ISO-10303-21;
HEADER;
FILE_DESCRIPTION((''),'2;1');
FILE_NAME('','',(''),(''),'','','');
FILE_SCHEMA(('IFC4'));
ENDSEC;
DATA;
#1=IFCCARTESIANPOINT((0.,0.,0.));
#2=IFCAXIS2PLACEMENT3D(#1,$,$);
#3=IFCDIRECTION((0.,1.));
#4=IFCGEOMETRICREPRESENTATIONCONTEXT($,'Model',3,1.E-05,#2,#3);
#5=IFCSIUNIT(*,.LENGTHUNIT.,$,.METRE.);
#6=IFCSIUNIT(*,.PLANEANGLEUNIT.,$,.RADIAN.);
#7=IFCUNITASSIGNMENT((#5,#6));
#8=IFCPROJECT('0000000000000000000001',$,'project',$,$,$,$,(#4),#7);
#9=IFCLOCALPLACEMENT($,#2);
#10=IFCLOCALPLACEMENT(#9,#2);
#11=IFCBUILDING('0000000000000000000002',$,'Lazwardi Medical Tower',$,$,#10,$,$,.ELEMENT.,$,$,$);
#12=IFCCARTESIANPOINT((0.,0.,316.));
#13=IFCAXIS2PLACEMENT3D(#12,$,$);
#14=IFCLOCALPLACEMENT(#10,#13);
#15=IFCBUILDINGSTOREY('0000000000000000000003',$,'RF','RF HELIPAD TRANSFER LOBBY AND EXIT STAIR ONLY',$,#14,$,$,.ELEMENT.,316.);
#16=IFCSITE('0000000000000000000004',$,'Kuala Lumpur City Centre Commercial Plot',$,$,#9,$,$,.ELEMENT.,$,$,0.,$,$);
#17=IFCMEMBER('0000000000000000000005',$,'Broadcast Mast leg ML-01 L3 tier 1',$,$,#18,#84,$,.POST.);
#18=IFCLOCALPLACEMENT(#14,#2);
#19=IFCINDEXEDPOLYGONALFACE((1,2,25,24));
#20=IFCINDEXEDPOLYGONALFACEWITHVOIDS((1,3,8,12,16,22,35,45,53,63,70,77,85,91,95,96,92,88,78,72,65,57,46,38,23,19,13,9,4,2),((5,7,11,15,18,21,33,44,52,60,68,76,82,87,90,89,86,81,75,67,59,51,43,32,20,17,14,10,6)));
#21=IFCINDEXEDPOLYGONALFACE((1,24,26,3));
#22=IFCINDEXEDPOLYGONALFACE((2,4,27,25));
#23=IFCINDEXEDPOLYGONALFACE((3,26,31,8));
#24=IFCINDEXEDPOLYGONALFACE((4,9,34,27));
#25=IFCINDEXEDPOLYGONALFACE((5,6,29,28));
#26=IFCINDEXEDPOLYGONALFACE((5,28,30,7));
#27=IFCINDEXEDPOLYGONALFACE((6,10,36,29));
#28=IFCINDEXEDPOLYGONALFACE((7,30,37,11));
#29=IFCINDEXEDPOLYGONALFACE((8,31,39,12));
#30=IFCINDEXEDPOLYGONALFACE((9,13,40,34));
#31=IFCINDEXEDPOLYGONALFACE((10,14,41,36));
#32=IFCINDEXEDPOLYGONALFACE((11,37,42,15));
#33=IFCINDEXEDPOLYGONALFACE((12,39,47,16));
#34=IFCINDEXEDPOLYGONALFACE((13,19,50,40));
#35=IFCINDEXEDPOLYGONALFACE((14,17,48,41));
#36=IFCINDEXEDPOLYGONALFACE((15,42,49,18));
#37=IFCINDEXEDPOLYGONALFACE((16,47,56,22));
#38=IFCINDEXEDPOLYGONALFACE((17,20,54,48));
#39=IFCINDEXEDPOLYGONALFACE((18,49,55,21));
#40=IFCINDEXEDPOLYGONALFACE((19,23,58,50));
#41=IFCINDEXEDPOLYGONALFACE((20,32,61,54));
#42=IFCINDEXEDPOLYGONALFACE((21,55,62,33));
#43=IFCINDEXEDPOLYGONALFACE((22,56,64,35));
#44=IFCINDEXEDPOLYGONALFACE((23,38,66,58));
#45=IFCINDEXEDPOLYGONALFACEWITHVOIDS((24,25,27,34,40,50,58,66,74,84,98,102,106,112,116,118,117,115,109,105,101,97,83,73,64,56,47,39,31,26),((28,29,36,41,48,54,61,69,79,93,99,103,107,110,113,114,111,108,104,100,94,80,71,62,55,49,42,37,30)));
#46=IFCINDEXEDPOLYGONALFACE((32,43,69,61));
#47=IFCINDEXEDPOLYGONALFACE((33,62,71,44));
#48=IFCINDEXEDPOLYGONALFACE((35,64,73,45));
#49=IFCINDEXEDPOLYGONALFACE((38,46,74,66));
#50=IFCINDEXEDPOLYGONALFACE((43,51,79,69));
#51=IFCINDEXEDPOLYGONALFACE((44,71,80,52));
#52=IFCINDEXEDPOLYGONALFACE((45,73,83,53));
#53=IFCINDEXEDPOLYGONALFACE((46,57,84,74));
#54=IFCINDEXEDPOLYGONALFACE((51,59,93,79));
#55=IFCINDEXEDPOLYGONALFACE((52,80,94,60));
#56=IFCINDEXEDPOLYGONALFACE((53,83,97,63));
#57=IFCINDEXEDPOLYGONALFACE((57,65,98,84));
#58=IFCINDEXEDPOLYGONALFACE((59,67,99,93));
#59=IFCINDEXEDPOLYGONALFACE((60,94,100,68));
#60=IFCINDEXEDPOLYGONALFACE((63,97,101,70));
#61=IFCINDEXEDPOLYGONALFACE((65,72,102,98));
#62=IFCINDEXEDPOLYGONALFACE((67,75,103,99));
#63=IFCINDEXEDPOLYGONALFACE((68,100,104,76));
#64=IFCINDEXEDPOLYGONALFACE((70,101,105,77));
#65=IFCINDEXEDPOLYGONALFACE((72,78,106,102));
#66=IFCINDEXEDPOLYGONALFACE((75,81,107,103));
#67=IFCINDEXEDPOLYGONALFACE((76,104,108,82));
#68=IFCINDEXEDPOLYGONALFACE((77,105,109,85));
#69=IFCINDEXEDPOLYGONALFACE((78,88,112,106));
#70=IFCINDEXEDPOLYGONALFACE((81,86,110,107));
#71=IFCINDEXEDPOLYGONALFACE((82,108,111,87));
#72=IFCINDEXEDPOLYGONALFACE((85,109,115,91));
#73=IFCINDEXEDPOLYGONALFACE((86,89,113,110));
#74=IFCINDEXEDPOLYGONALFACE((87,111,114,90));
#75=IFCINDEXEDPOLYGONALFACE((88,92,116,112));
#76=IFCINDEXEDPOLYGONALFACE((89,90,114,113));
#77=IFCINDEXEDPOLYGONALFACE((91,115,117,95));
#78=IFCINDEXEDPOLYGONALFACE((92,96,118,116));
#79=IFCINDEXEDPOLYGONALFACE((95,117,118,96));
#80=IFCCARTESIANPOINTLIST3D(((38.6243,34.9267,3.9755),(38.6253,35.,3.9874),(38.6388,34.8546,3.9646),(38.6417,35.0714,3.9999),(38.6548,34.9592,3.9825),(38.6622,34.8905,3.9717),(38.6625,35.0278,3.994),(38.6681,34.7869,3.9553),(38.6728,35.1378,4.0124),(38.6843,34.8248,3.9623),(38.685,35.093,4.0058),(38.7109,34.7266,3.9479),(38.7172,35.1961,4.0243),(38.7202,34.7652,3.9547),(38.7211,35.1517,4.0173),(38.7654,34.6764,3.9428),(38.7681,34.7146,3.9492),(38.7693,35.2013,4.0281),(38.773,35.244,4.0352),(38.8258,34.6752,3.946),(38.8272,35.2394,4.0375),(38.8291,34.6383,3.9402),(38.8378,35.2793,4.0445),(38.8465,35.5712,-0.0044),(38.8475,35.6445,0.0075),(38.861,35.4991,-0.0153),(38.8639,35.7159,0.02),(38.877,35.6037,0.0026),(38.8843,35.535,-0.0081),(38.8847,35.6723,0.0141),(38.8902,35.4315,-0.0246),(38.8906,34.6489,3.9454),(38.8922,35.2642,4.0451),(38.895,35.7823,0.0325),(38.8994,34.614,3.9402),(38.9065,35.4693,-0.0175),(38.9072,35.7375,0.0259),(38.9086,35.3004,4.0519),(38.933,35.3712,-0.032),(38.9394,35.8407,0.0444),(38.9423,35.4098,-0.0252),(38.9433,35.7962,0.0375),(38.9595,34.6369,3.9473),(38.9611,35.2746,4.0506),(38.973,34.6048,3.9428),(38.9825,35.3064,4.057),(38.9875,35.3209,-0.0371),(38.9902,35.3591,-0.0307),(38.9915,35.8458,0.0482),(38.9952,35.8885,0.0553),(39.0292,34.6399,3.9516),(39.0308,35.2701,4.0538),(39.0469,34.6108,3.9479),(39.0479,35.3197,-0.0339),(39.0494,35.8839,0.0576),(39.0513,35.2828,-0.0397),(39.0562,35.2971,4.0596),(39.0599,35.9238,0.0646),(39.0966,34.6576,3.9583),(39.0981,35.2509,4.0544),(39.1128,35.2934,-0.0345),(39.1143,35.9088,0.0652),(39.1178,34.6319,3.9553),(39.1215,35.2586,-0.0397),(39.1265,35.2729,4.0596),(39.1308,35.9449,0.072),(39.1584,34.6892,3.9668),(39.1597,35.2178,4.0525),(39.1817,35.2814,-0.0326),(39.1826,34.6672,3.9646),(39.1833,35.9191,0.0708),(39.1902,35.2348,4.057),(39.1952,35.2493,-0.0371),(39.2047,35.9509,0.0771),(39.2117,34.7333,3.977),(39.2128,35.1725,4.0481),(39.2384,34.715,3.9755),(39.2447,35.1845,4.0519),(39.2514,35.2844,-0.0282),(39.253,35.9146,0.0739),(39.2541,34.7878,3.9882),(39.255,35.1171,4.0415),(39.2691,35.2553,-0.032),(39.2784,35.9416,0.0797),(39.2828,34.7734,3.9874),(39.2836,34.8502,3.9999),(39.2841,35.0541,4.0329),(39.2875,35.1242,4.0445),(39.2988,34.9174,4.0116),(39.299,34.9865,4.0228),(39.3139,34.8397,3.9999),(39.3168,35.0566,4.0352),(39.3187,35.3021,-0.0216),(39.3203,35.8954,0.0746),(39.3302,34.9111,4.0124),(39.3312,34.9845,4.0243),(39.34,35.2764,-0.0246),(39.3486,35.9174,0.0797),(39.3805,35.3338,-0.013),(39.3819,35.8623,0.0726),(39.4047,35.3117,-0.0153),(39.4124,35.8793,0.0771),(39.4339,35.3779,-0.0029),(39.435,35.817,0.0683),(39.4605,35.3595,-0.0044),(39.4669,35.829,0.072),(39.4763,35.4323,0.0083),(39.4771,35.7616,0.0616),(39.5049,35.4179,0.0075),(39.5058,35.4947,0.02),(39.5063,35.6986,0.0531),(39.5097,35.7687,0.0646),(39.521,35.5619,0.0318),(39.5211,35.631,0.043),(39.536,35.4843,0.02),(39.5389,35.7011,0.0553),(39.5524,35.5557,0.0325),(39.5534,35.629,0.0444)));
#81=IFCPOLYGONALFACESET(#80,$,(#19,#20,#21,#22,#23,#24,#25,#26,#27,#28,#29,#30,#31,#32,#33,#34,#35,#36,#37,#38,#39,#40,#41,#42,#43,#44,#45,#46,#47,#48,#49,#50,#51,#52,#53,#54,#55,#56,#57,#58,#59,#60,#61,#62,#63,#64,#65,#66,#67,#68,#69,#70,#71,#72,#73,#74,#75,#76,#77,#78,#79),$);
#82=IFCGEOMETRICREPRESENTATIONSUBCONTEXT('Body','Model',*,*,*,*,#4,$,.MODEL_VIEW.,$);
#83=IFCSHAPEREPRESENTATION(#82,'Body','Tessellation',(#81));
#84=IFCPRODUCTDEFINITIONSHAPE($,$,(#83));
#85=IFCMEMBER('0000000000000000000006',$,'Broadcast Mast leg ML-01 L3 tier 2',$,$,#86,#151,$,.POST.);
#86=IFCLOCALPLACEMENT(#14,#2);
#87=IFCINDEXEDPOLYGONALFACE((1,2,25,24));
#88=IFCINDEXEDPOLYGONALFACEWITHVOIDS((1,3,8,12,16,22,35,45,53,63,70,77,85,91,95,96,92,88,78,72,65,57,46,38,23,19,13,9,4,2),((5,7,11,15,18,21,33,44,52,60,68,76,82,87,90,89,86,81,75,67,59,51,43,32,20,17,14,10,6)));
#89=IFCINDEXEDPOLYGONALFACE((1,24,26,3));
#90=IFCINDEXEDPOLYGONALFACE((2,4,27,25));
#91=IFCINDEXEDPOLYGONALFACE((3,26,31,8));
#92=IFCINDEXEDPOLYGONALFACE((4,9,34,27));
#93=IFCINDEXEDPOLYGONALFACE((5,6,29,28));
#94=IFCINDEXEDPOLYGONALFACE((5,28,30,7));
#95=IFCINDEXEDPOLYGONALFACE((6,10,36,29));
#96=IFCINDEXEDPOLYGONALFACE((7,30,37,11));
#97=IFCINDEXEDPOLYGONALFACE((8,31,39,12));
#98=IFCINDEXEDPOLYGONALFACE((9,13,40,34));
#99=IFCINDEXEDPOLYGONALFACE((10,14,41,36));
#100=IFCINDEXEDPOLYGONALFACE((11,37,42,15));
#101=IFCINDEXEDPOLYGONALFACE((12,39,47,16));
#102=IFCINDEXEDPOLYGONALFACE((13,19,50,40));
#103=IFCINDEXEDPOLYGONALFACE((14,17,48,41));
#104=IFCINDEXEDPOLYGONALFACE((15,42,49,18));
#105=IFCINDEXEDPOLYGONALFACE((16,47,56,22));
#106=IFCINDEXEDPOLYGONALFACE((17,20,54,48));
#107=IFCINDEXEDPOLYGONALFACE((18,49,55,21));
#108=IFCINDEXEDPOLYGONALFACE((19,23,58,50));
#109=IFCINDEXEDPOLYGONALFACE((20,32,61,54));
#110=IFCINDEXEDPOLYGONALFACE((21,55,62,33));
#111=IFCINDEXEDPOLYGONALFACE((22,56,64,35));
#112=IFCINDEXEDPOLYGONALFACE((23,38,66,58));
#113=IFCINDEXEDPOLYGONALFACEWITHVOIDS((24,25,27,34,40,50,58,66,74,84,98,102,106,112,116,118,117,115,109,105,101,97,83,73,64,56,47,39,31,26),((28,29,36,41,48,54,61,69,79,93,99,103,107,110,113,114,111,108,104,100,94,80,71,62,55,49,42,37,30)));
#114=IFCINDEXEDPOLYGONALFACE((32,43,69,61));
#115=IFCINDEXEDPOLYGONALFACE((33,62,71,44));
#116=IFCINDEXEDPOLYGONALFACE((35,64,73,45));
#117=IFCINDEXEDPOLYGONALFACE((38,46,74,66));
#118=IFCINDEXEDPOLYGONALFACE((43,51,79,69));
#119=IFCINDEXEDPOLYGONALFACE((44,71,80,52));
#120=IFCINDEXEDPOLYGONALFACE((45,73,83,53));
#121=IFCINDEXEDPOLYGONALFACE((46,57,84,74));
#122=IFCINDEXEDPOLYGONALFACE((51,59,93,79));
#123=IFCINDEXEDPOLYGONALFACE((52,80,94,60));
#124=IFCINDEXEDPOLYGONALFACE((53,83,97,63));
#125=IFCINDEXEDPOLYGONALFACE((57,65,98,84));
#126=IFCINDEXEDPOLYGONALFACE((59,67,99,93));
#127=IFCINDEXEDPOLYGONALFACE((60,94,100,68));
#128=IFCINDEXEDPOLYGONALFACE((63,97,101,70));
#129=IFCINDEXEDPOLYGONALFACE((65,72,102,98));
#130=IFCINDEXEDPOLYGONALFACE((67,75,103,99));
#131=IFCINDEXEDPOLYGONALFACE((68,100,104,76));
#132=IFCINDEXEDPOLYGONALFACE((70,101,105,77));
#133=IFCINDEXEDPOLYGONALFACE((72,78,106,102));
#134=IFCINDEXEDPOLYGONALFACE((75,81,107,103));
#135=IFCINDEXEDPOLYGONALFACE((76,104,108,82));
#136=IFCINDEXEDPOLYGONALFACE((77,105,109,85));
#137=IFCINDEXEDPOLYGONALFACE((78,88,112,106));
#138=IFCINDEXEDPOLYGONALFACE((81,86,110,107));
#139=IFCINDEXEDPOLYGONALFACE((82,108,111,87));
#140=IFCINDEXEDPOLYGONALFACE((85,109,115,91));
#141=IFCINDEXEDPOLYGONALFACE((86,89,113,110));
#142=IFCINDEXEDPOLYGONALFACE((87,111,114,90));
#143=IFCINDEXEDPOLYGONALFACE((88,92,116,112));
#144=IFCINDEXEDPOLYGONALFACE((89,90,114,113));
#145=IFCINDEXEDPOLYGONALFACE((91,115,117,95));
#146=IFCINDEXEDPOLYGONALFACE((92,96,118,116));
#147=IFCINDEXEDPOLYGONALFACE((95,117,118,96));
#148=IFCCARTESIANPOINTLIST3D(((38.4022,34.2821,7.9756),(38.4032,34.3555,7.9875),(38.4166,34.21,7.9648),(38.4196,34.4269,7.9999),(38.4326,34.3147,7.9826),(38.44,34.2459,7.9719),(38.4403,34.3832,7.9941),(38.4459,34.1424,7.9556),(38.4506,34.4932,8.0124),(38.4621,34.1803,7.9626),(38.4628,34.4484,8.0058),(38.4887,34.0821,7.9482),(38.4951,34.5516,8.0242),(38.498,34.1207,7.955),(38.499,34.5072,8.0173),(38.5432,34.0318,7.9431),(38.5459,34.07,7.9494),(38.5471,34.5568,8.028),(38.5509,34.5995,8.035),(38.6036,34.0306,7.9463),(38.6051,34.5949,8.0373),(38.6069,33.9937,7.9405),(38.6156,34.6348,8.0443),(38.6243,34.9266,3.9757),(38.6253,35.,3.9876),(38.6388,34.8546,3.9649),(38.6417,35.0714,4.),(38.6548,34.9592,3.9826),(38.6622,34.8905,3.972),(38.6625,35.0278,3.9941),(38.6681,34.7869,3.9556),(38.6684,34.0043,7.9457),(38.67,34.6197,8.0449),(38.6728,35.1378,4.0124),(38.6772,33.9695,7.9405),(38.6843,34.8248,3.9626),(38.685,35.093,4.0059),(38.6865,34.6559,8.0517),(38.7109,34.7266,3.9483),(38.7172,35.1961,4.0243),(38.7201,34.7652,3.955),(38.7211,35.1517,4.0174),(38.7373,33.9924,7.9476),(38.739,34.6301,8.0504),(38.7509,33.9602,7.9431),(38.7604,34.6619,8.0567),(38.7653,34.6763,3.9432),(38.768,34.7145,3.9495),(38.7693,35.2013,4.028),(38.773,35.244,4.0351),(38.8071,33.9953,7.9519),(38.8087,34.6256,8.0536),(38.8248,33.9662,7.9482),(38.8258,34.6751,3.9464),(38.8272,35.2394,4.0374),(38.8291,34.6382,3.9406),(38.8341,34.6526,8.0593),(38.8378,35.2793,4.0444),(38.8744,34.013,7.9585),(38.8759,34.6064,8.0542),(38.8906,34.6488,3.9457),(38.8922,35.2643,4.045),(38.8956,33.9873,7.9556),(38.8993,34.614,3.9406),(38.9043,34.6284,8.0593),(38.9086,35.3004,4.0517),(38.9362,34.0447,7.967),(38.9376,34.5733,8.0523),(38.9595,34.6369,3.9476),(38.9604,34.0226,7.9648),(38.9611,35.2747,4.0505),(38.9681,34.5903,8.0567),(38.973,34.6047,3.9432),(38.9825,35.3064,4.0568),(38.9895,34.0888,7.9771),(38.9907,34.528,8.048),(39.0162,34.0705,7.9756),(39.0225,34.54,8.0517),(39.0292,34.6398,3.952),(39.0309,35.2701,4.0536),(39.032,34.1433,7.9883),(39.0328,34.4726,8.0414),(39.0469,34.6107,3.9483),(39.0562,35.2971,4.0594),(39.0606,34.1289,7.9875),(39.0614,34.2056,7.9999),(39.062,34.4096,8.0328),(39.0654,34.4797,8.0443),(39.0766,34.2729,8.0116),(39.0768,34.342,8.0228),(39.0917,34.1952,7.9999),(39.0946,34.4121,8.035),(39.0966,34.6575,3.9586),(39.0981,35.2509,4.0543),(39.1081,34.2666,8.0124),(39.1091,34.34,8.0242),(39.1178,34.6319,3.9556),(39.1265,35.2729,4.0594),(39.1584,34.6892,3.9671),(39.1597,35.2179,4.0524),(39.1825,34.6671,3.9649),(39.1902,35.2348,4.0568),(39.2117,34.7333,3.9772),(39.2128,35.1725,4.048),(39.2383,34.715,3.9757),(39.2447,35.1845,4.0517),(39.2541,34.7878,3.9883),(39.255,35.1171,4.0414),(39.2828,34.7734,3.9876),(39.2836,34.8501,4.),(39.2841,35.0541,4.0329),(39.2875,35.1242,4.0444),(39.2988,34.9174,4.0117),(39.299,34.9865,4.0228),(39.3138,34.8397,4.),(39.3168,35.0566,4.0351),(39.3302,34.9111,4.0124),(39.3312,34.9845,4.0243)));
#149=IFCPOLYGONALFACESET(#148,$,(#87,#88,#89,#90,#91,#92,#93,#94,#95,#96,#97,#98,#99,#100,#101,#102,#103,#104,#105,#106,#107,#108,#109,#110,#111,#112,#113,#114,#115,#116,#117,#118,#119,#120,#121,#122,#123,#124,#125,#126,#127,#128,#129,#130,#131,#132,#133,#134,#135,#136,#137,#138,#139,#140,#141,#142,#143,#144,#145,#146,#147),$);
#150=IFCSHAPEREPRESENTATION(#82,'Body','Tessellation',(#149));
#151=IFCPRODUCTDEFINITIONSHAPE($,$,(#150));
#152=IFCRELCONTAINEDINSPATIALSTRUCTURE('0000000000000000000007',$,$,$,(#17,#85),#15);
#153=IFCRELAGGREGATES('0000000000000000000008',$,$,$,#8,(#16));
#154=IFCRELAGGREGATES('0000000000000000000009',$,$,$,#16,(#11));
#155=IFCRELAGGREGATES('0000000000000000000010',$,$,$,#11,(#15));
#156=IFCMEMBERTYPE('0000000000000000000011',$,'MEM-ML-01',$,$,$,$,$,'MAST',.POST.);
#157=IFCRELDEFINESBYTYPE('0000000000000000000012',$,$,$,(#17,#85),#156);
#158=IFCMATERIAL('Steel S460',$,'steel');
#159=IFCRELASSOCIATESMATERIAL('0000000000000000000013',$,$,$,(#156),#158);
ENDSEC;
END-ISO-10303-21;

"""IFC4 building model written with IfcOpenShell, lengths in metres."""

from ifc_helpers import new_model, si_unit, direction, frame, origin, origin_2d, place, context, subcontext, project, spatial, hollow_circle, extrude, material, material_profile, profile_set, type_object, element, save


model = new_model("IFC4")

# Units and contexts
model_context = context("Model", 3, precision=1e-05, world=origin(), true_north=direction((0.0, 1.0)))
body_context = subcontext(model_context, "Body", "Model", "MODEL_VIEW")
ifc_project = project(units=[si_unit("LENGTHUNIT", "METRE"), si_unit("PLANEANGLEUNIT", "RADIAN")], contexts=[model_context])

# Site, building, storey
site_placement = place(None, origin())
site = spatial("IfcSite", under=ifc_project, at=site_placement, Name="Kuala Lumpur City Centre Commercial Plot", CompositionType="ELEMENT", RefElevation=0.0)
building_placement = place(site_placement, origin())
building = spatial("IfcBuilding", under=site, at=building_placement, Name="Lazwardi Medical Tower", CompositionType="ELEMENT")
storey_placement = place(building_placement, frame((0.0, 0.0, 316.0)))
storey = spatial("IfcBuildingStorey", under=building, at=storey_placement, Name="RF", Description="RF HELIPAD TRANSFER LOBBY AND EXIT STAIR ONLY", CompositionType="ELEMENT", Elevation=316.0)

# Members
ifc_material_1 = material(Name="Steel S460", Category="steel")
ifc_material_profile_1 = material_profile(ifc_material_1, hollow_circle(Radius=0.3555, WallThickness=0.032, at=origin_2d()), Name="CHS 711x32")
ifc_profile_set_1 = profile_set([ifc_material_profile_1], Name="Steel S460")
member_type_1 = type_object("IfcMemberType", Name="MEM-ML-01", ElementType="MAST", PredefinedType="POST", material=ifc_profile_set_1)
member_1_placement = place(storey_placement, frame((39.2, 35.6001, 0.02), z_axis=(-0.05502, -0.159619, 0.985644), x_axis=(0.945411, -0.32588, 0.0)))
element("IfcMember", 1, at=member_1_placement, inside=storey, type_object=member_type_1, Name="Broadcast Mast leg ML-01 L3 tier 1", PredefinedType="POST", context=body_context, shape_type="SweptSolid", body=[
    extrude(hollow_circle(Radius=0.3555, WallThickness=0.032, at=origin_2d()), origin(), (0.0, 0.0, 1.0), 4.0378),
])
for number, where, z_axis, x_axis, name in (
    (2, (38.9778, 34.9556, 4.0), (-0.054752, -0.158842, 0.985785), (0.945411, -0.32588, 0.0), "Broadcast Mast leg ML-01 L3 tier 2"),
):
    element("IfcMember", number, at=place(storey_placement, frame(where, z_axis=z_axis, x_axis=x_axis)), inside=storey, type_object=member_type_1, Name=name, PredefinedType="POST", context=body_context, shape_type="SweptSolid", body=[
        extrude(hollow_circle(Radius=0.3555, WallThickness=0.032, at=origin_2d()), origin(), (0.0, 0.0, 1.0), 4.0576),
    ])

save(model, "model.ifc")
